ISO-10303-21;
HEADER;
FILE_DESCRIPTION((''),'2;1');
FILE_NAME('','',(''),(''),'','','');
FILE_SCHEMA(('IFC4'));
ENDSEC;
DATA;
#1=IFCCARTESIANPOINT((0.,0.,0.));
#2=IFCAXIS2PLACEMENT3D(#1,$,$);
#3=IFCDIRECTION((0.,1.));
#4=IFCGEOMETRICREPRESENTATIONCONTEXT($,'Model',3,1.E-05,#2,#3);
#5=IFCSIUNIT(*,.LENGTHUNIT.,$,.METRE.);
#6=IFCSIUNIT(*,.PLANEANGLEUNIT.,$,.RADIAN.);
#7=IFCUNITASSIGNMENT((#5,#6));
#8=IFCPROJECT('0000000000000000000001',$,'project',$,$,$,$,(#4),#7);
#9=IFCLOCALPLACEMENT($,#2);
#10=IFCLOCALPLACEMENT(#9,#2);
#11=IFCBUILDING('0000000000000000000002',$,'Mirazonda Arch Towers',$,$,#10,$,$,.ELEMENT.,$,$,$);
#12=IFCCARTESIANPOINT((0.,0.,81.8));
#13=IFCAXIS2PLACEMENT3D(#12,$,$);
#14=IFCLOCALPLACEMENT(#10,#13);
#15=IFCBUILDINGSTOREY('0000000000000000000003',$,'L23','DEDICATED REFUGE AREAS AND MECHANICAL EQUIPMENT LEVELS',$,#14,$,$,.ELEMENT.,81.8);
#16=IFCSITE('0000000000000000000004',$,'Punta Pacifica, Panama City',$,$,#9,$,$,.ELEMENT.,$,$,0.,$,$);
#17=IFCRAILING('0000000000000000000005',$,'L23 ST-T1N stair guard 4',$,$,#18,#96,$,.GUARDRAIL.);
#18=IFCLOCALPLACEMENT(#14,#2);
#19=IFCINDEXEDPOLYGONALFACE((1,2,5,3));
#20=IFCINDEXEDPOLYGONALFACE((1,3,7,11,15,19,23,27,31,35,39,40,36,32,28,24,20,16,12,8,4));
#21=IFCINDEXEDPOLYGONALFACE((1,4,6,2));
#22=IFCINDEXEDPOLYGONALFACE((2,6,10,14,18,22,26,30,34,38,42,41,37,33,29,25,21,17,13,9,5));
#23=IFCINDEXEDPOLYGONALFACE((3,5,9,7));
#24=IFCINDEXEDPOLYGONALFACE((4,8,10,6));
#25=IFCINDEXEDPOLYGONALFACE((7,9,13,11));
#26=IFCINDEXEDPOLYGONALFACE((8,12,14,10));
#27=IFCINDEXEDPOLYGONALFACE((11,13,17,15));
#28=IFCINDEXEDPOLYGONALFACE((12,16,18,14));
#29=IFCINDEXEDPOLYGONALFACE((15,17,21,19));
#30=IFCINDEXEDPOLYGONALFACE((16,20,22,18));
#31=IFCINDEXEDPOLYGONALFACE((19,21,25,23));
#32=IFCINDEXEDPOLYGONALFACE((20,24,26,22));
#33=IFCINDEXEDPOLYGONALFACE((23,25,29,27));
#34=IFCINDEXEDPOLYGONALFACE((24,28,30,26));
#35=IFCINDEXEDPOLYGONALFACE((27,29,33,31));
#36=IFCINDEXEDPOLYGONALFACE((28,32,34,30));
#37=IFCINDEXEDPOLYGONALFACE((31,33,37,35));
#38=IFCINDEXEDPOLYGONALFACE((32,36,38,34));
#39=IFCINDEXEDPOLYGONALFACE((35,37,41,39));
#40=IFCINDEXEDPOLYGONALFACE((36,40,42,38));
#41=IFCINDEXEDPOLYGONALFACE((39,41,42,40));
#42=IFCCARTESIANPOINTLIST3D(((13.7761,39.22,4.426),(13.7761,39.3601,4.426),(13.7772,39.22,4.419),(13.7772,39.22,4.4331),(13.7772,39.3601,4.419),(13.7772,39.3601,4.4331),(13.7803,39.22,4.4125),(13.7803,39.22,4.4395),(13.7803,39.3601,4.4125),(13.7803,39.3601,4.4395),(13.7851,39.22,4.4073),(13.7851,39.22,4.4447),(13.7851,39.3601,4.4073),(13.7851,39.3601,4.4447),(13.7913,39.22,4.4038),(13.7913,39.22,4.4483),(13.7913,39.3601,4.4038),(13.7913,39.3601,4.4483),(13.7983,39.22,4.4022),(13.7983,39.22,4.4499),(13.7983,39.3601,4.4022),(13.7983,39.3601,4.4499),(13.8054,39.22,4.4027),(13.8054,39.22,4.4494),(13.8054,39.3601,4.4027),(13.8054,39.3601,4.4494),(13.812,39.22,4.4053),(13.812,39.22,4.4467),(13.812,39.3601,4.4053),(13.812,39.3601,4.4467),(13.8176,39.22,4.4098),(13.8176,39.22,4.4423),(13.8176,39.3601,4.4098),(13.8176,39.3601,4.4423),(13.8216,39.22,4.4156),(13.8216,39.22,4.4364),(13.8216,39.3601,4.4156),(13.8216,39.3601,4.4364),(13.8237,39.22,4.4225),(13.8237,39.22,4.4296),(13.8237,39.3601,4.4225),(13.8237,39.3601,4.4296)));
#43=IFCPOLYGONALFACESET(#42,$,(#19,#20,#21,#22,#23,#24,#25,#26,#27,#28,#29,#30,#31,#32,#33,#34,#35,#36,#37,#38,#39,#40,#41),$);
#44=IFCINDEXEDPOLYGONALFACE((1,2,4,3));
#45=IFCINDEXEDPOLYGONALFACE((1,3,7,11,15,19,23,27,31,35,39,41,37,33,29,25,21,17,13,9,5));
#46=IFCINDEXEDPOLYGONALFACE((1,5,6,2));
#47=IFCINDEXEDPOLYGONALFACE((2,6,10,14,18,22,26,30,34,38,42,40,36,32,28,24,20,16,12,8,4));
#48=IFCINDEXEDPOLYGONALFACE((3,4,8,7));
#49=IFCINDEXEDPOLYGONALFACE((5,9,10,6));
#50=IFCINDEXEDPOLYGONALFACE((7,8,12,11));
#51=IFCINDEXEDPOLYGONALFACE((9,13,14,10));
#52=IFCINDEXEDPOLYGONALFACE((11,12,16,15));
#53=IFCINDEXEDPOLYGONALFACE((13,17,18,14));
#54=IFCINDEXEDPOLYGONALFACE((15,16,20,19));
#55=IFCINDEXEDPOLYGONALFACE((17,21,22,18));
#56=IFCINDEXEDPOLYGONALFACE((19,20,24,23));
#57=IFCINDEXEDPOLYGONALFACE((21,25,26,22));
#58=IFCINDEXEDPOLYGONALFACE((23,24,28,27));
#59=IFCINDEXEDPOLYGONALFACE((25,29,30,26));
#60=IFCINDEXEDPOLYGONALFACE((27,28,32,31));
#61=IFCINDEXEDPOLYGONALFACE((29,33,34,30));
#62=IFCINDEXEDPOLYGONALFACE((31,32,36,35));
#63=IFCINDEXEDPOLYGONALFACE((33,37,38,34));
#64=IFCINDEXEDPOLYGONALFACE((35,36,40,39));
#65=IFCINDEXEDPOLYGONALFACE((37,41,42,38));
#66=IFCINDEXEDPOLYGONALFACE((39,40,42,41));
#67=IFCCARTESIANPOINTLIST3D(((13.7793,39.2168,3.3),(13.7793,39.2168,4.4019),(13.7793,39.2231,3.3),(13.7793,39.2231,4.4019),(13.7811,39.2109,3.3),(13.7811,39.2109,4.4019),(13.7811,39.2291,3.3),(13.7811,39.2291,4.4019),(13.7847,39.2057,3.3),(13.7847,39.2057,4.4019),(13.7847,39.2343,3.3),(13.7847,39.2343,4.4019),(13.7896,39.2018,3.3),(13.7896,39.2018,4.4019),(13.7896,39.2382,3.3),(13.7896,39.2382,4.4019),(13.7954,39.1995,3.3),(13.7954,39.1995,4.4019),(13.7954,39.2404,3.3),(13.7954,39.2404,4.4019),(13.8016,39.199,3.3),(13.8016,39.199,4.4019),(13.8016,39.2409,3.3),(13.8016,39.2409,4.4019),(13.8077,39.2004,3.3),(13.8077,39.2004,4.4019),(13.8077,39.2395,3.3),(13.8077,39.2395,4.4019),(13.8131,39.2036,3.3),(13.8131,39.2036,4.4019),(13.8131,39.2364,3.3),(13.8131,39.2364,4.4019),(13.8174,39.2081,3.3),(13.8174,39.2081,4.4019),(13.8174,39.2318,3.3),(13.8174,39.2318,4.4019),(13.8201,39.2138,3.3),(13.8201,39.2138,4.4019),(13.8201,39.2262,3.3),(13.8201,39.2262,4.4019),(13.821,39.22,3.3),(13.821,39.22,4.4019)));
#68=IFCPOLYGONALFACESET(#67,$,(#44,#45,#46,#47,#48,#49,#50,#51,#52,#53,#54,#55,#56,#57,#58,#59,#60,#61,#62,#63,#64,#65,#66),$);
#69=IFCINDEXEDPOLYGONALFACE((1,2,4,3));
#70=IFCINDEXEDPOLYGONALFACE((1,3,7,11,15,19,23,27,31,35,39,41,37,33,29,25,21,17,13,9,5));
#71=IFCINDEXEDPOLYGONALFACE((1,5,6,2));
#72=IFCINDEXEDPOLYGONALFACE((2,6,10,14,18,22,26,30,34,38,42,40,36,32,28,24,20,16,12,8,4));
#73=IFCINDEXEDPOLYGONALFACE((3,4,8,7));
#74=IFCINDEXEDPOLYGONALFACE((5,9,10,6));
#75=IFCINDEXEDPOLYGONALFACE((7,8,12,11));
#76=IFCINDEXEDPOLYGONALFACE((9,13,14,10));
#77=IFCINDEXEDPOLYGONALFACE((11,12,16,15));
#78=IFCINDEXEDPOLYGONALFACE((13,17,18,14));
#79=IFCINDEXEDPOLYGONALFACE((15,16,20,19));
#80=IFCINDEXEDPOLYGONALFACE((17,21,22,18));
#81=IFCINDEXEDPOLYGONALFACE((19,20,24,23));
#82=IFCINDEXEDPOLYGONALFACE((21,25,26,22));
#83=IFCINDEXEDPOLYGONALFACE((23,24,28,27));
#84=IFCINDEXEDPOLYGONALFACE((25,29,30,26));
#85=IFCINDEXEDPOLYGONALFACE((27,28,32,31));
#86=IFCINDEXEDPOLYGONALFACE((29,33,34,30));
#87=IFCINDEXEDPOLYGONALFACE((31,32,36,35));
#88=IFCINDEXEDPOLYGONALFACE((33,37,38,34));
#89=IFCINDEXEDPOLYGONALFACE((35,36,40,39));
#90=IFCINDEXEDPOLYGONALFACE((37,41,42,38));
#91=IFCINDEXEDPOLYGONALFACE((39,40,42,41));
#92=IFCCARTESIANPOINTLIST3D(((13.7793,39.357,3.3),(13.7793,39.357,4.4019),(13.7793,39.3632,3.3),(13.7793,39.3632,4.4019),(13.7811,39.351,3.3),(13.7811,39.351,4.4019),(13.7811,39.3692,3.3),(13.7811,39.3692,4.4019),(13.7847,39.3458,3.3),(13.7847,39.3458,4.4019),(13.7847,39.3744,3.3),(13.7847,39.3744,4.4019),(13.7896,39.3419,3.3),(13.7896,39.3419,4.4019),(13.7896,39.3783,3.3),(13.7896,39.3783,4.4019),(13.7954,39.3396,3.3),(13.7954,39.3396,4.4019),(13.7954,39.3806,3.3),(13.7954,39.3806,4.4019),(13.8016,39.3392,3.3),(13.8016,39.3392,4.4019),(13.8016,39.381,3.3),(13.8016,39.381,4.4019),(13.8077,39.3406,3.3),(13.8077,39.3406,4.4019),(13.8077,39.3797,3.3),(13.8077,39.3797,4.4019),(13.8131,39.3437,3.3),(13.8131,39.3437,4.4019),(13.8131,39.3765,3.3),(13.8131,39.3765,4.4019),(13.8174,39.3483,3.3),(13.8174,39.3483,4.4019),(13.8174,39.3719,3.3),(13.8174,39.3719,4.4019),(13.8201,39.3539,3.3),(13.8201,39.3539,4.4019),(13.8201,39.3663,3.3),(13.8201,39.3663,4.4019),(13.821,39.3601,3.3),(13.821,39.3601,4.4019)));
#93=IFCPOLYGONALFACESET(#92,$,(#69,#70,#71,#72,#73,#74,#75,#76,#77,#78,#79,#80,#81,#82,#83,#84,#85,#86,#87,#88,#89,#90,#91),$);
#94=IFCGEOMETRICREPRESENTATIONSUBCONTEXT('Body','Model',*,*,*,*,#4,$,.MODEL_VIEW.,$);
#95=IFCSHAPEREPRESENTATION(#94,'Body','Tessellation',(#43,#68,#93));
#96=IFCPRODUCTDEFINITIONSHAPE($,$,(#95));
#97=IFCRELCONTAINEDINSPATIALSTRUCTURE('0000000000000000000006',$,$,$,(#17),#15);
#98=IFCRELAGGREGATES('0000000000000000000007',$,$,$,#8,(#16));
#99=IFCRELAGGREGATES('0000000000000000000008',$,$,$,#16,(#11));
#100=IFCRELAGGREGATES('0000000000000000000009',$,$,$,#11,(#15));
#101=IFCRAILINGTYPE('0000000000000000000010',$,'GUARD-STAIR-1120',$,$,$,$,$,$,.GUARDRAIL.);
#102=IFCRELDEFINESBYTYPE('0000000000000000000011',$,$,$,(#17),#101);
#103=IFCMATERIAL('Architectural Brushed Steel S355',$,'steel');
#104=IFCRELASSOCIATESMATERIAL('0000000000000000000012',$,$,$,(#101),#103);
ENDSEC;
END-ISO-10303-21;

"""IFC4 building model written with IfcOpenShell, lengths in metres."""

from ifc_helpers import new_model, si_unit, direction, frame, origin, origin_2d, place, context, subcontext, project, spatial, circle, extrude, material, type_object, element, save


model = new_model("IFC4")

# Units and contexts
model_context = context("Model", 3, precision=1e-05, world=origin(), true_north=direction((0.0, 1.0)))
body_context = subcontext(model_context, "Body", "Model", "MODEL_VIEW")
ifc_project = project(units=[si_unit("LENGTHUNIT", "METRE"), si_unit("PLANEANGLEUNIT", "RADIAN")], contexts=[model_context])

# Site, building, storey
site_placement = place(None, origin())
site = spatial("IfcSite", under=ifc_project, at=site_placement, Name="Punta Pacifica, Panama City", CompositionType="ELEMENT", RefElevation=0.0)
building_placement = place(site_placement, origin())
building = spatial("IfcBuilding", under=site, at=building_placement, Name="Mirazonda Arch Towers", CompositionType="ELEMENT")
storey_placement = place(building_placement, frame((0.0, 0.0, 81.8)))
storey = spatial("IfcBuildingStorey", under=building, at=storey_placement, Name="L23", Description="DEDICATED REFUGE AREAS AND MECHANICAL EQUIPMENT LEVELS", CompositionType="ELEMENT", Elevation=81.8)

# Railing
ifc_material_1 = material(Name="Architectural Brushed Steel S355", Category="steel")
railing_type_1 = type_object("IfcRailingType", Name="GUARD-STAIR-1120", PredefinedType="GUARDRAIL", material=ifc_material_1)
railing_1_placement = place(storey_placement, frame((13.8, 39.22, 3.3)))
element("IfcRailing", 1, at=railing_1_placement, inside=storey, type_object=railing_type_1, Name="L23 ST-T1N stair guard 4", PredefinedType="GUARDRAIL", context=body_context, shape_type="SweptSolid", body=[
    extrude(circle(Radius=0.0239, at=origin_2d()), frame((0.0, 0.0, 1.126), z_axis=(0.0, 1.0, 0.0), x_axis=(-1.0, 0.0, 0.0)), (0.0, 0.0, 1.0), 0.1401),
    extrude(circle(Radius=0.021, at=origin_2d()), origin(), (0.0, 0.0, 1.0), 1.1018),
    extrude(circle(Radius=0.021, at=origin_2d()), frame((0.0, 0.1401, 0.0)), (0.0, 0.0, 1.0), 1.1018),
])

save(model, "model.ifc")
